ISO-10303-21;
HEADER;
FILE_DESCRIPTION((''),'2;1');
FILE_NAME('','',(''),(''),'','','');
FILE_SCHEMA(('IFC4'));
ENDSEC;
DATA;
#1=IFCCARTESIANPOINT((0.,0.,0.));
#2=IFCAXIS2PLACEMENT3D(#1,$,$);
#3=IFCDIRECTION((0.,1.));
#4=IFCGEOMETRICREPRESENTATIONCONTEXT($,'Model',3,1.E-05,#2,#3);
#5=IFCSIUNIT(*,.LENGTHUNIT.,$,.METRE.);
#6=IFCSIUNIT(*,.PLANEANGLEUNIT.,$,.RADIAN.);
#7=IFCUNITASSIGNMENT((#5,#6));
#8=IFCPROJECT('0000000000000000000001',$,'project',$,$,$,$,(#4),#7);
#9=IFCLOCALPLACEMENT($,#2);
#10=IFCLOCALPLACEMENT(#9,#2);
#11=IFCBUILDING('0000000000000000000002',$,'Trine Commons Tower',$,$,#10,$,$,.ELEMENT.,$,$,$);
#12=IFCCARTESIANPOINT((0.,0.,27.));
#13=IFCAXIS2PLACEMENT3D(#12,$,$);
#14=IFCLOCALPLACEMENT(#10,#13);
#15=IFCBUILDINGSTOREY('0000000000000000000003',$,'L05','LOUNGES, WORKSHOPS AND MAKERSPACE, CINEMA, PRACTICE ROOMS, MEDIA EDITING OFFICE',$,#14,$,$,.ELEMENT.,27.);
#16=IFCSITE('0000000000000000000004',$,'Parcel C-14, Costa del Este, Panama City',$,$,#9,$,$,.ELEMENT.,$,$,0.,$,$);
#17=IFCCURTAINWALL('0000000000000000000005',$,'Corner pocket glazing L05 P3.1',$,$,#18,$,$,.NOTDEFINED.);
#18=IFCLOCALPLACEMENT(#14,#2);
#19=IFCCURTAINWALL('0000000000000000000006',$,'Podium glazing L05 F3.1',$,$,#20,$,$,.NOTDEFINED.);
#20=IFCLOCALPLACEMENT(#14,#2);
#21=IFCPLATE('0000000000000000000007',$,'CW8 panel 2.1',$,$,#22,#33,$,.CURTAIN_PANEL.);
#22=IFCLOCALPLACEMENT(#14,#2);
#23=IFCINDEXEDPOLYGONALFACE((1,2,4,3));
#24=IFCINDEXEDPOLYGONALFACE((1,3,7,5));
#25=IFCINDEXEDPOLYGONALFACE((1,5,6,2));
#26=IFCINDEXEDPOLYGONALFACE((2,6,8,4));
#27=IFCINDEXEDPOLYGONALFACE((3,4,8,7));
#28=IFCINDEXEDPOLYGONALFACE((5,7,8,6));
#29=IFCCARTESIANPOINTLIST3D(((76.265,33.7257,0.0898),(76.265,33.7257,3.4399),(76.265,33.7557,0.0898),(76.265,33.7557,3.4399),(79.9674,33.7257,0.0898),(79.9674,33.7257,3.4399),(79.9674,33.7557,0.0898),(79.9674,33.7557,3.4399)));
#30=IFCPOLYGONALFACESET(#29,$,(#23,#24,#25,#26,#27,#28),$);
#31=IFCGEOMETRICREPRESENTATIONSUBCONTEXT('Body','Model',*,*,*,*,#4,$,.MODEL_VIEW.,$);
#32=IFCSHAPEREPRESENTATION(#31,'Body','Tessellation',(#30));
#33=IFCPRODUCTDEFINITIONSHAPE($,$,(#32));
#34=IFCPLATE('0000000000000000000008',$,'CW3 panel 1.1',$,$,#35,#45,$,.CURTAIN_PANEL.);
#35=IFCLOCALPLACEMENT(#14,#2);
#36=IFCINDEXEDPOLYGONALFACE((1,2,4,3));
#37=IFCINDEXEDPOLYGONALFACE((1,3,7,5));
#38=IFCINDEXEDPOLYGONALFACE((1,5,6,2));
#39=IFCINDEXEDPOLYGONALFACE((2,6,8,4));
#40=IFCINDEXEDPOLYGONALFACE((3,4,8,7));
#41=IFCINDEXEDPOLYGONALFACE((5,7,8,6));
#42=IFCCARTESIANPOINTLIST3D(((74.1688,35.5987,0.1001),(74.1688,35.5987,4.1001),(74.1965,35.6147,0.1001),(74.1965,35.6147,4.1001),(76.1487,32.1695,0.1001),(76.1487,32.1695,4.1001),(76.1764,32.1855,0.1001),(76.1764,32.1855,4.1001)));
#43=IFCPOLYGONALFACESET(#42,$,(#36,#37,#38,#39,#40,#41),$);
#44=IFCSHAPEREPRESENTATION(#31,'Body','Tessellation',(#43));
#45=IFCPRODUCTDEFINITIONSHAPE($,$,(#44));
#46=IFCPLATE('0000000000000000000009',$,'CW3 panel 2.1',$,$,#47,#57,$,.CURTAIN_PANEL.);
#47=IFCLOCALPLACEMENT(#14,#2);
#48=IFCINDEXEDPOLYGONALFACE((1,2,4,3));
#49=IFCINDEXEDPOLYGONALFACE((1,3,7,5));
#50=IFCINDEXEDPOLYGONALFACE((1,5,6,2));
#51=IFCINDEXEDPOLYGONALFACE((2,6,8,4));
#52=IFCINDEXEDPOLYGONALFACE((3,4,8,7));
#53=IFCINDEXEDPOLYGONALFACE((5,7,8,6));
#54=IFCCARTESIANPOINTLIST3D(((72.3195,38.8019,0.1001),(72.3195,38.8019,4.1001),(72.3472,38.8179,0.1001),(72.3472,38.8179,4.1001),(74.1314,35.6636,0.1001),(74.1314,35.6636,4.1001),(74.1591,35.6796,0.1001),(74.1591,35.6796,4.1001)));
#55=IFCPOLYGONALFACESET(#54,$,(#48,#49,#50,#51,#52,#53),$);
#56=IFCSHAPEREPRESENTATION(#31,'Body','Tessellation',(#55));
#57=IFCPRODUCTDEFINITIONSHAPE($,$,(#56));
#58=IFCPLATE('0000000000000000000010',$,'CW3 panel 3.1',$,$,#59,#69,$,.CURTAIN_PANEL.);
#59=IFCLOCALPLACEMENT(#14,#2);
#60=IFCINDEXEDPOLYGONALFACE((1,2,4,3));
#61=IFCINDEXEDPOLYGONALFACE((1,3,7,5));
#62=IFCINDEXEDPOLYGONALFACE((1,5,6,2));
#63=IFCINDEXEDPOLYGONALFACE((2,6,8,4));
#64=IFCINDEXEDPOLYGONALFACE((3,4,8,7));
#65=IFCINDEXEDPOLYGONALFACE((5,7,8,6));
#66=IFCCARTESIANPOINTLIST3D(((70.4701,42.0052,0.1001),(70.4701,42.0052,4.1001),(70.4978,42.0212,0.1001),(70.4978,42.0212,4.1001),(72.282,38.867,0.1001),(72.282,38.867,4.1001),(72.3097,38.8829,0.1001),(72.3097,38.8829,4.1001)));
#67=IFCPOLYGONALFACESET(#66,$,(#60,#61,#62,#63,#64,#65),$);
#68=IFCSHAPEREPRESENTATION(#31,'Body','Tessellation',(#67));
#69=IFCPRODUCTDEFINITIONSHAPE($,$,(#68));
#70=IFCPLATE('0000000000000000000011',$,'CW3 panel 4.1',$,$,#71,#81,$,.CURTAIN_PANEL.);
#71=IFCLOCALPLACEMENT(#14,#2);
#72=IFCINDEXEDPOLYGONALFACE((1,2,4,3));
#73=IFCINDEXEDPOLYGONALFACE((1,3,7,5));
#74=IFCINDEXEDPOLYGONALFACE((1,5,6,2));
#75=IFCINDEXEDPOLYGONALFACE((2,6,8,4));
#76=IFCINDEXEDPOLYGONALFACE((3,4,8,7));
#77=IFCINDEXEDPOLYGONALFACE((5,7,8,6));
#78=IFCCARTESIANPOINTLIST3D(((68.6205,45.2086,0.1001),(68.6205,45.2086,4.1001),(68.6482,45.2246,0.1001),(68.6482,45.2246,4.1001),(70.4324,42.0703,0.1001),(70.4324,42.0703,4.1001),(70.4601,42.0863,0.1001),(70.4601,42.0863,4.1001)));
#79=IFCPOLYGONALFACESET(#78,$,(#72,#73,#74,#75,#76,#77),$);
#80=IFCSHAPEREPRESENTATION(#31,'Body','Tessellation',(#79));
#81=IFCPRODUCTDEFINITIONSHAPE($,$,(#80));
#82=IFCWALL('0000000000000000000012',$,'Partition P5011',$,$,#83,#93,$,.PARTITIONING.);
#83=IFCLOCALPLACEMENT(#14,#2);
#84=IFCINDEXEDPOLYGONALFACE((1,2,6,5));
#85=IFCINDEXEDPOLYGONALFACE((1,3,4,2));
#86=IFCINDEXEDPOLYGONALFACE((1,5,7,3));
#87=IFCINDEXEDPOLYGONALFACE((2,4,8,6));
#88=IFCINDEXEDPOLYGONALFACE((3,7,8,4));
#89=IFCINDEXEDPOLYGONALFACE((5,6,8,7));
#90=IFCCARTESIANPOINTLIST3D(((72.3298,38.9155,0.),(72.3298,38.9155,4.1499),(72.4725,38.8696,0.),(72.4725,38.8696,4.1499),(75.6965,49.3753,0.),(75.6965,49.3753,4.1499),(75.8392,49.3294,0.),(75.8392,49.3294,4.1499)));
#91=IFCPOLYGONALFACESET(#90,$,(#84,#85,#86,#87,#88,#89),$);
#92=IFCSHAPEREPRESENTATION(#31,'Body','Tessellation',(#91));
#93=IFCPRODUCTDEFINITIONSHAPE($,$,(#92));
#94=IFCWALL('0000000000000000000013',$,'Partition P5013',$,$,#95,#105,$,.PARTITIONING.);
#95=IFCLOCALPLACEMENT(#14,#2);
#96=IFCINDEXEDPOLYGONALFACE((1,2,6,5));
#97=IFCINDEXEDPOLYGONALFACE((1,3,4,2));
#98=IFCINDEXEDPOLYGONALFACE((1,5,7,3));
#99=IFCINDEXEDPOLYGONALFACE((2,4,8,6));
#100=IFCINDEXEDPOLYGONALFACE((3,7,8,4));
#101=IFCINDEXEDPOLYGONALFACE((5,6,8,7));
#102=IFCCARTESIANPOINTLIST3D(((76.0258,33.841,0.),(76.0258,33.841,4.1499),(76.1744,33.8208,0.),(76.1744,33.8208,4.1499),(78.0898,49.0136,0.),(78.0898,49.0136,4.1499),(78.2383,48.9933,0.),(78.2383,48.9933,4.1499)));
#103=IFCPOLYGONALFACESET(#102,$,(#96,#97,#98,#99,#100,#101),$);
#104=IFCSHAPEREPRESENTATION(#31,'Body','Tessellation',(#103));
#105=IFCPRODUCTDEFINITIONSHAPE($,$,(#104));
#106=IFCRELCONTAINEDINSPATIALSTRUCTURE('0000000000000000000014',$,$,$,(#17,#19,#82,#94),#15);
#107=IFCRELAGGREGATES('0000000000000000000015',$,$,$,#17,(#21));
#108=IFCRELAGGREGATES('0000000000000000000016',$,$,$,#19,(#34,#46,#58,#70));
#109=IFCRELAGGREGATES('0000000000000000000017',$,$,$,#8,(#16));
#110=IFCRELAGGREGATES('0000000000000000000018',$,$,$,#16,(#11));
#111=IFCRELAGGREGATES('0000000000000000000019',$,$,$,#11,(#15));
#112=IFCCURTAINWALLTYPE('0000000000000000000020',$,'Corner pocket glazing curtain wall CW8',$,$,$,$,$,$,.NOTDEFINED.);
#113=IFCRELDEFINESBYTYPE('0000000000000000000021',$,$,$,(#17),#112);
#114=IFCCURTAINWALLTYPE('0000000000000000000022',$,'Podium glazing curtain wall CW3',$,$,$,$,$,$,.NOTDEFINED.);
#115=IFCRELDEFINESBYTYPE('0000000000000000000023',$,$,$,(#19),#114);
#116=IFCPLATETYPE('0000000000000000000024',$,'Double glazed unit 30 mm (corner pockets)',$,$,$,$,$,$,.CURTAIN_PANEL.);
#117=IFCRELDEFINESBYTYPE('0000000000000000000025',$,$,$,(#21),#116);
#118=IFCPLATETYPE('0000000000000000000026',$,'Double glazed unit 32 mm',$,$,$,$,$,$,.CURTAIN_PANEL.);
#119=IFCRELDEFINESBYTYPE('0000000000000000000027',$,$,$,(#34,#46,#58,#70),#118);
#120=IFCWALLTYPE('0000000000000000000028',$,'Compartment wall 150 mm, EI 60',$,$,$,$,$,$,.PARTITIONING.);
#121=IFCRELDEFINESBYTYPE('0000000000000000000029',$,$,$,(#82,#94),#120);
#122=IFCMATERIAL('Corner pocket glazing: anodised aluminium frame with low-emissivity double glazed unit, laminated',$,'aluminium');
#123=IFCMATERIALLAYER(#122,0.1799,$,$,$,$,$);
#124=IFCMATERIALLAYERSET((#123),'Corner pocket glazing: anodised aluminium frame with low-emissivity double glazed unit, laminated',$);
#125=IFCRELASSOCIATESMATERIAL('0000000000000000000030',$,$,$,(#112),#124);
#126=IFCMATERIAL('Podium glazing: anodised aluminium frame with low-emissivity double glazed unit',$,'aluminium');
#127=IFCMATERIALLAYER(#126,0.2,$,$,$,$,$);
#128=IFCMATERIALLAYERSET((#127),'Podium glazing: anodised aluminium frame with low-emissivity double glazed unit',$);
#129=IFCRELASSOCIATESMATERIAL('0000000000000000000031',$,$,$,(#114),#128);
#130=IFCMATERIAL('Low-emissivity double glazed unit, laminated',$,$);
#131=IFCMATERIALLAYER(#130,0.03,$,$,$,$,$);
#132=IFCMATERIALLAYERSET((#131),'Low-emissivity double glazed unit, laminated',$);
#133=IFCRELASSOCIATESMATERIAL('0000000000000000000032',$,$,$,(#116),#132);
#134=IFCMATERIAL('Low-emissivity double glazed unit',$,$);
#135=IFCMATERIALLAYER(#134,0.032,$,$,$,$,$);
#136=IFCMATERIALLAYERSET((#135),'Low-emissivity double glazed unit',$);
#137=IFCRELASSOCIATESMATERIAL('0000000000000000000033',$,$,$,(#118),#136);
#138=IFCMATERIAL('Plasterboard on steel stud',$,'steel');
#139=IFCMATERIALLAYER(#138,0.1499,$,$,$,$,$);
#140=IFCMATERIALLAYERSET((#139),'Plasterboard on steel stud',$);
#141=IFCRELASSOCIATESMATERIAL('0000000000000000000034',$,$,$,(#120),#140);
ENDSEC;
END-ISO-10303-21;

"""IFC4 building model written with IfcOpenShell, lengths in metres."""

from ifc_helpers import new_model, si_unit, direction, frame, frame_2d, origin, origin_2d, place, context, subcontext, project, spatial, rectangle, extrude, material, layer, layer_set, type_object, element, aggregate, save


model = new_model("IFC4")

# Units and contexts
model_context = context("Model", 3, precision=1e-05, world=origin(), true_north=direction((0.0, 1.0)))
body_context = subcontext(model_context, "Body", "Model", "MODEL_VIEW")
ifc_project = project(units=[si_unit("LENGTHUNIT", "METRE"), si_unit("PLANEANGLEUNIT", "RADIAN")], contexts=[model_context])

# Site, building, storey
site_placement = place(None, origin())
site = spatial("IfcSite", under=ifc_project, at=site_placement, Name="Parcel C-14, Costa del Este, Panama City", CompositionType="ELEMENT", RefElevation=0.0)
building_placement = place(site_placement, origin())
building = spatial("IfcBuilding", under=site, at=building_placement, Name="Trine Commons Tower", CompositionType="ELEMENT")
storey_placement = place(building_placement, frame((0.0, 0.0, 27.0)))
storey = spatial("IfcBuildingStorey", under=building, at=storey_placement, Name="L05", Description="LOUNGES, WORKSHOPS AND MAKERSPACE, CINEMA, PRACTICE ROOMS, MEDIA EDITING OFFICE", CompositionType="ELEMENT", Elevation=27.0)

# Curtain wall
ifc_material_1 = material(Name="Corner pocket glazing: anodised aluminium frame with low-emissivity double glazed unit, laminated", Category="aluminium")
ifc_layer_1 = layer(ifc_material_1, 0.1799)
ifc_layer_set_1 = layer_set([ifc_layer_1], Name="Corner pocket glazing: anodised aluminium frame with low-emissivity double glazed unit, laminated")
curtain_wall_type_1 = type_object("IfcCurtainWallType", Name="Corner pocket glazing curtain wall CW8", PredefinedType="NOTDEFINED", material=ifc_layer_set_1)
curtain_wall_1_placement = place(storey_placement, origin())
curtain_wall_1 = element("IfcCurtainWall", 1, at=curtain_wall_1_placement, inside=storey, type_object=curtain_wall_type_1, Name="Corner pocket glazing L05 P3.1", PredefinedType="NOTDEFINED")

# Curtain wall
ifc_material_2 = material(Name="Podium glazing: anodised aluminium frame with low-emissivity double glazed unit", Category="aluminium")
ifc_layer_2 = layer(ifc_material_2, 0.2)
ifc_layer_set_2 = layer_set([ifc_layer_2], Name="Podium glazing: anodised aluminium frame with low-emissivity double glazed unit")
curtain_wall_type_2 = type_object("IfcCurtainWallType", Name="Podium glazing curtain wall CW3", PredefinedType="NOTDEFINED", material=ifc_layer_set_2)
curtain_wall_2_placement = place(storey_placement, origin())
curtain_wall_2 = element("IfcCurtainWall", 2, at=curtain_wall_2_placement, inside=storey, type_object=curtain_wall_type_2, Name="Podium glazing L05 F3.1", PredefinedType="NOTDEFINED")

# Plates
ifc_material_3 = material(Name="Low-emissivity double glazed unit, laminated")
ifc_layer_3 = layer(ifc_material_3, 0.03)
ifc_layer_set_3 = layer_set([ifc_layer_3], Name="Low-emissivity double glazed unit, laminated")
plate_type_1 = type_object("IfcPlateType", Name="Double glazed unit 30 mm (corner pockets)", PredefinedType="CURTAIN_PANEL", material=ifc_layer_set_3)
plate_1_placement = place(storey_placement, frame((78.1162, 33.7407, 0.0898), z_axis=(0.0, 0.0, 1.0), x_axis=(-1.0, 0.0, 0.0)))
plate_1 = element("IfcPlate", 3, at=plate_1_placement, type_object=plate_type_1, Name="CW8 panel 2.1", PredefinedType="CURTAIN_PANEL", context=body_context, shape_type="SweptSolid", body=[
    extrude(rectangle(XDim=3.7024, YDim=0.03, at=origin_2d()), origin(), (0.0, 0.0, 1.0), 3.3501),
])
aggregate(curtain_wall_1, [plate_1])
ifc_material_4 = material(Name="Low-emissivity double glazed unit")
ifc_layer_4 = layer(ifc_material_4, 0.032)
ifc_layer_set_4 = layer_set([ifc_layer_4], Name="Low-emissivity double glazed unit")
plate_type_2 = type_object("IfcPlateType", Name="Double glazed unit 32 mm", PredefinedType="CURTAIN_PANEL", material=ifc_layer_set_4)
plate_2_placement = place(storey_placement, frame((75.1726, 33.8921, 0.1001), z_axis=(0.0, 0.0, 1.0), x_axis=(-0.5, 0.866025, 0.0)))
plate_2 = element("IfcPlate", 4, at=plate_2_placement, type_object=plate_type_2, Name="CW3 panel 1.1", PredefinedType="CURTAIN_PANEL", context=body_context, shape_type="SweptSolid", body=[
    extrude(rectangle(XDim=3.9597, YDim=0.032, at=origin_2d()), origin(), (0.0, 0.0, 1.0), 4.0),
])
plate_3_placement = place(storey_placement, frame((73.2393, 37.2407, 0.1001), z_axis=(0.0, 0.0, 1.0), x_axis=(-0.5, 0.866025, 0.0)))
plate_3 = element("IfcPlate", 5, at=plate_3_placement, type_object=plate_type_2, Name="CW3 panel 2.1", PredefinedType="CURTAIN_PANEL", context=body_context, shape_type="SweptSolid", body=[
    extrude(rectangle(XDim=3.6238, YDim=0.032, at=origin_2d()), origin(), (0.0, 0.0, 1.0), 4.0),
])
plate_4_placement = place(storey_placement, frame((71.3899, 40.4441, 0.1001), z_axis=(0.0, 0.0, 1.0), x_axis=(-0.5, 0.866025, 0.0)))
plate_4 = element("IfcPlate", 6, at=plate_4_placement, type_object=plate_type_2, Name="CW3 panel 3.1", PredefinedType="CURTAIN_PANEL", context=body_context, shape_type="SweptSolid", body=[
    extrude(rectangle(XDim=3.6238, YDim=0.032, at=origin_2d()), origin(), (0.0, 0.0, 1.0), 4.0),
])
plate_5_placement = place(storey_placement, frame((69.5403, 43.6475, 0.1001), z_axis=(0.0, 0.0, 1.0), x_axis=(-0.5, 0.866025, 0.0)))
plate_5 = element("IfcPlate", 7, at=plate_5_placement, type_object=plate_type_2, Name="CW3 panel 4.1", PredefinedType="CURTAIN_PANEL", context=body_context, shape_type="SweptSolid", body=[
    extrude(rectangle(XDim=3.6238, YDim=0.032, at=origin_2d()), origin(), (0.0, 0.0, 1.0), 4.0),
])
aggregate(curtain_wall_2, [plate_2, plate_3, plate_4, plate_5])

# Walls
ifc_material_5 = material(Name="Plasterboard on steel stud", Category="steel")
ifc_layer_5 = layer(ifc_material_5, 0.1499)
ifc_layer_set_5 = layer_set([ifc_layer_5], Name="Plasterboard on steel stud")
wall_type_1 = type_object("IfcWallType", Name="Compartment wall 150 mm, EI 60", PredefinedType="PARTITIONING", material=ifc_layer_set_5)
wall_1_placement = place(storey_placement, frame((72.4011, 38.8926, 0.0), z_axis=(0.0, 0.0, 1.0), x_axis=(0.306392, 0.951905, 0.0)))
element("IfcWall", 8, at=wall_1_placement, inside=storey, type_object=wall_type_1, Name="Partition P5011", PredefinedType="PARTITIONING", context=body_context, shape_type="SweptSolid", body=[
    extrude(rectangle(XDim=10.9883, YDim=0.1499, at=frame_2d((5.4941, 0.0))), origin(), (0.0, 0.0, 1.0), 4.1499),
])
wall_2_placement = place(storey_placement, frame((76.1001, 33.8308, 0.0), z_axis=(0.0, 0.0, 1.0), x_axis=(0.134791, 0.990874, 0.0)))
element("IfcWall", 9, at=wall_2_placement, inside=storey, type_object=wall_type_1, Name="Partition P5013", PredefinedType="PARTITIONING", context=body_context, shape_type="SweptSolid", body=[
    extrude(rectangle(XDim=15.3123, YDim=0.1499, at=frame_2d((7.6562, 0.0))), origin(), (0.0, 0.0, 1.0), 4.1499),
])

save(model, "model.ifc")
